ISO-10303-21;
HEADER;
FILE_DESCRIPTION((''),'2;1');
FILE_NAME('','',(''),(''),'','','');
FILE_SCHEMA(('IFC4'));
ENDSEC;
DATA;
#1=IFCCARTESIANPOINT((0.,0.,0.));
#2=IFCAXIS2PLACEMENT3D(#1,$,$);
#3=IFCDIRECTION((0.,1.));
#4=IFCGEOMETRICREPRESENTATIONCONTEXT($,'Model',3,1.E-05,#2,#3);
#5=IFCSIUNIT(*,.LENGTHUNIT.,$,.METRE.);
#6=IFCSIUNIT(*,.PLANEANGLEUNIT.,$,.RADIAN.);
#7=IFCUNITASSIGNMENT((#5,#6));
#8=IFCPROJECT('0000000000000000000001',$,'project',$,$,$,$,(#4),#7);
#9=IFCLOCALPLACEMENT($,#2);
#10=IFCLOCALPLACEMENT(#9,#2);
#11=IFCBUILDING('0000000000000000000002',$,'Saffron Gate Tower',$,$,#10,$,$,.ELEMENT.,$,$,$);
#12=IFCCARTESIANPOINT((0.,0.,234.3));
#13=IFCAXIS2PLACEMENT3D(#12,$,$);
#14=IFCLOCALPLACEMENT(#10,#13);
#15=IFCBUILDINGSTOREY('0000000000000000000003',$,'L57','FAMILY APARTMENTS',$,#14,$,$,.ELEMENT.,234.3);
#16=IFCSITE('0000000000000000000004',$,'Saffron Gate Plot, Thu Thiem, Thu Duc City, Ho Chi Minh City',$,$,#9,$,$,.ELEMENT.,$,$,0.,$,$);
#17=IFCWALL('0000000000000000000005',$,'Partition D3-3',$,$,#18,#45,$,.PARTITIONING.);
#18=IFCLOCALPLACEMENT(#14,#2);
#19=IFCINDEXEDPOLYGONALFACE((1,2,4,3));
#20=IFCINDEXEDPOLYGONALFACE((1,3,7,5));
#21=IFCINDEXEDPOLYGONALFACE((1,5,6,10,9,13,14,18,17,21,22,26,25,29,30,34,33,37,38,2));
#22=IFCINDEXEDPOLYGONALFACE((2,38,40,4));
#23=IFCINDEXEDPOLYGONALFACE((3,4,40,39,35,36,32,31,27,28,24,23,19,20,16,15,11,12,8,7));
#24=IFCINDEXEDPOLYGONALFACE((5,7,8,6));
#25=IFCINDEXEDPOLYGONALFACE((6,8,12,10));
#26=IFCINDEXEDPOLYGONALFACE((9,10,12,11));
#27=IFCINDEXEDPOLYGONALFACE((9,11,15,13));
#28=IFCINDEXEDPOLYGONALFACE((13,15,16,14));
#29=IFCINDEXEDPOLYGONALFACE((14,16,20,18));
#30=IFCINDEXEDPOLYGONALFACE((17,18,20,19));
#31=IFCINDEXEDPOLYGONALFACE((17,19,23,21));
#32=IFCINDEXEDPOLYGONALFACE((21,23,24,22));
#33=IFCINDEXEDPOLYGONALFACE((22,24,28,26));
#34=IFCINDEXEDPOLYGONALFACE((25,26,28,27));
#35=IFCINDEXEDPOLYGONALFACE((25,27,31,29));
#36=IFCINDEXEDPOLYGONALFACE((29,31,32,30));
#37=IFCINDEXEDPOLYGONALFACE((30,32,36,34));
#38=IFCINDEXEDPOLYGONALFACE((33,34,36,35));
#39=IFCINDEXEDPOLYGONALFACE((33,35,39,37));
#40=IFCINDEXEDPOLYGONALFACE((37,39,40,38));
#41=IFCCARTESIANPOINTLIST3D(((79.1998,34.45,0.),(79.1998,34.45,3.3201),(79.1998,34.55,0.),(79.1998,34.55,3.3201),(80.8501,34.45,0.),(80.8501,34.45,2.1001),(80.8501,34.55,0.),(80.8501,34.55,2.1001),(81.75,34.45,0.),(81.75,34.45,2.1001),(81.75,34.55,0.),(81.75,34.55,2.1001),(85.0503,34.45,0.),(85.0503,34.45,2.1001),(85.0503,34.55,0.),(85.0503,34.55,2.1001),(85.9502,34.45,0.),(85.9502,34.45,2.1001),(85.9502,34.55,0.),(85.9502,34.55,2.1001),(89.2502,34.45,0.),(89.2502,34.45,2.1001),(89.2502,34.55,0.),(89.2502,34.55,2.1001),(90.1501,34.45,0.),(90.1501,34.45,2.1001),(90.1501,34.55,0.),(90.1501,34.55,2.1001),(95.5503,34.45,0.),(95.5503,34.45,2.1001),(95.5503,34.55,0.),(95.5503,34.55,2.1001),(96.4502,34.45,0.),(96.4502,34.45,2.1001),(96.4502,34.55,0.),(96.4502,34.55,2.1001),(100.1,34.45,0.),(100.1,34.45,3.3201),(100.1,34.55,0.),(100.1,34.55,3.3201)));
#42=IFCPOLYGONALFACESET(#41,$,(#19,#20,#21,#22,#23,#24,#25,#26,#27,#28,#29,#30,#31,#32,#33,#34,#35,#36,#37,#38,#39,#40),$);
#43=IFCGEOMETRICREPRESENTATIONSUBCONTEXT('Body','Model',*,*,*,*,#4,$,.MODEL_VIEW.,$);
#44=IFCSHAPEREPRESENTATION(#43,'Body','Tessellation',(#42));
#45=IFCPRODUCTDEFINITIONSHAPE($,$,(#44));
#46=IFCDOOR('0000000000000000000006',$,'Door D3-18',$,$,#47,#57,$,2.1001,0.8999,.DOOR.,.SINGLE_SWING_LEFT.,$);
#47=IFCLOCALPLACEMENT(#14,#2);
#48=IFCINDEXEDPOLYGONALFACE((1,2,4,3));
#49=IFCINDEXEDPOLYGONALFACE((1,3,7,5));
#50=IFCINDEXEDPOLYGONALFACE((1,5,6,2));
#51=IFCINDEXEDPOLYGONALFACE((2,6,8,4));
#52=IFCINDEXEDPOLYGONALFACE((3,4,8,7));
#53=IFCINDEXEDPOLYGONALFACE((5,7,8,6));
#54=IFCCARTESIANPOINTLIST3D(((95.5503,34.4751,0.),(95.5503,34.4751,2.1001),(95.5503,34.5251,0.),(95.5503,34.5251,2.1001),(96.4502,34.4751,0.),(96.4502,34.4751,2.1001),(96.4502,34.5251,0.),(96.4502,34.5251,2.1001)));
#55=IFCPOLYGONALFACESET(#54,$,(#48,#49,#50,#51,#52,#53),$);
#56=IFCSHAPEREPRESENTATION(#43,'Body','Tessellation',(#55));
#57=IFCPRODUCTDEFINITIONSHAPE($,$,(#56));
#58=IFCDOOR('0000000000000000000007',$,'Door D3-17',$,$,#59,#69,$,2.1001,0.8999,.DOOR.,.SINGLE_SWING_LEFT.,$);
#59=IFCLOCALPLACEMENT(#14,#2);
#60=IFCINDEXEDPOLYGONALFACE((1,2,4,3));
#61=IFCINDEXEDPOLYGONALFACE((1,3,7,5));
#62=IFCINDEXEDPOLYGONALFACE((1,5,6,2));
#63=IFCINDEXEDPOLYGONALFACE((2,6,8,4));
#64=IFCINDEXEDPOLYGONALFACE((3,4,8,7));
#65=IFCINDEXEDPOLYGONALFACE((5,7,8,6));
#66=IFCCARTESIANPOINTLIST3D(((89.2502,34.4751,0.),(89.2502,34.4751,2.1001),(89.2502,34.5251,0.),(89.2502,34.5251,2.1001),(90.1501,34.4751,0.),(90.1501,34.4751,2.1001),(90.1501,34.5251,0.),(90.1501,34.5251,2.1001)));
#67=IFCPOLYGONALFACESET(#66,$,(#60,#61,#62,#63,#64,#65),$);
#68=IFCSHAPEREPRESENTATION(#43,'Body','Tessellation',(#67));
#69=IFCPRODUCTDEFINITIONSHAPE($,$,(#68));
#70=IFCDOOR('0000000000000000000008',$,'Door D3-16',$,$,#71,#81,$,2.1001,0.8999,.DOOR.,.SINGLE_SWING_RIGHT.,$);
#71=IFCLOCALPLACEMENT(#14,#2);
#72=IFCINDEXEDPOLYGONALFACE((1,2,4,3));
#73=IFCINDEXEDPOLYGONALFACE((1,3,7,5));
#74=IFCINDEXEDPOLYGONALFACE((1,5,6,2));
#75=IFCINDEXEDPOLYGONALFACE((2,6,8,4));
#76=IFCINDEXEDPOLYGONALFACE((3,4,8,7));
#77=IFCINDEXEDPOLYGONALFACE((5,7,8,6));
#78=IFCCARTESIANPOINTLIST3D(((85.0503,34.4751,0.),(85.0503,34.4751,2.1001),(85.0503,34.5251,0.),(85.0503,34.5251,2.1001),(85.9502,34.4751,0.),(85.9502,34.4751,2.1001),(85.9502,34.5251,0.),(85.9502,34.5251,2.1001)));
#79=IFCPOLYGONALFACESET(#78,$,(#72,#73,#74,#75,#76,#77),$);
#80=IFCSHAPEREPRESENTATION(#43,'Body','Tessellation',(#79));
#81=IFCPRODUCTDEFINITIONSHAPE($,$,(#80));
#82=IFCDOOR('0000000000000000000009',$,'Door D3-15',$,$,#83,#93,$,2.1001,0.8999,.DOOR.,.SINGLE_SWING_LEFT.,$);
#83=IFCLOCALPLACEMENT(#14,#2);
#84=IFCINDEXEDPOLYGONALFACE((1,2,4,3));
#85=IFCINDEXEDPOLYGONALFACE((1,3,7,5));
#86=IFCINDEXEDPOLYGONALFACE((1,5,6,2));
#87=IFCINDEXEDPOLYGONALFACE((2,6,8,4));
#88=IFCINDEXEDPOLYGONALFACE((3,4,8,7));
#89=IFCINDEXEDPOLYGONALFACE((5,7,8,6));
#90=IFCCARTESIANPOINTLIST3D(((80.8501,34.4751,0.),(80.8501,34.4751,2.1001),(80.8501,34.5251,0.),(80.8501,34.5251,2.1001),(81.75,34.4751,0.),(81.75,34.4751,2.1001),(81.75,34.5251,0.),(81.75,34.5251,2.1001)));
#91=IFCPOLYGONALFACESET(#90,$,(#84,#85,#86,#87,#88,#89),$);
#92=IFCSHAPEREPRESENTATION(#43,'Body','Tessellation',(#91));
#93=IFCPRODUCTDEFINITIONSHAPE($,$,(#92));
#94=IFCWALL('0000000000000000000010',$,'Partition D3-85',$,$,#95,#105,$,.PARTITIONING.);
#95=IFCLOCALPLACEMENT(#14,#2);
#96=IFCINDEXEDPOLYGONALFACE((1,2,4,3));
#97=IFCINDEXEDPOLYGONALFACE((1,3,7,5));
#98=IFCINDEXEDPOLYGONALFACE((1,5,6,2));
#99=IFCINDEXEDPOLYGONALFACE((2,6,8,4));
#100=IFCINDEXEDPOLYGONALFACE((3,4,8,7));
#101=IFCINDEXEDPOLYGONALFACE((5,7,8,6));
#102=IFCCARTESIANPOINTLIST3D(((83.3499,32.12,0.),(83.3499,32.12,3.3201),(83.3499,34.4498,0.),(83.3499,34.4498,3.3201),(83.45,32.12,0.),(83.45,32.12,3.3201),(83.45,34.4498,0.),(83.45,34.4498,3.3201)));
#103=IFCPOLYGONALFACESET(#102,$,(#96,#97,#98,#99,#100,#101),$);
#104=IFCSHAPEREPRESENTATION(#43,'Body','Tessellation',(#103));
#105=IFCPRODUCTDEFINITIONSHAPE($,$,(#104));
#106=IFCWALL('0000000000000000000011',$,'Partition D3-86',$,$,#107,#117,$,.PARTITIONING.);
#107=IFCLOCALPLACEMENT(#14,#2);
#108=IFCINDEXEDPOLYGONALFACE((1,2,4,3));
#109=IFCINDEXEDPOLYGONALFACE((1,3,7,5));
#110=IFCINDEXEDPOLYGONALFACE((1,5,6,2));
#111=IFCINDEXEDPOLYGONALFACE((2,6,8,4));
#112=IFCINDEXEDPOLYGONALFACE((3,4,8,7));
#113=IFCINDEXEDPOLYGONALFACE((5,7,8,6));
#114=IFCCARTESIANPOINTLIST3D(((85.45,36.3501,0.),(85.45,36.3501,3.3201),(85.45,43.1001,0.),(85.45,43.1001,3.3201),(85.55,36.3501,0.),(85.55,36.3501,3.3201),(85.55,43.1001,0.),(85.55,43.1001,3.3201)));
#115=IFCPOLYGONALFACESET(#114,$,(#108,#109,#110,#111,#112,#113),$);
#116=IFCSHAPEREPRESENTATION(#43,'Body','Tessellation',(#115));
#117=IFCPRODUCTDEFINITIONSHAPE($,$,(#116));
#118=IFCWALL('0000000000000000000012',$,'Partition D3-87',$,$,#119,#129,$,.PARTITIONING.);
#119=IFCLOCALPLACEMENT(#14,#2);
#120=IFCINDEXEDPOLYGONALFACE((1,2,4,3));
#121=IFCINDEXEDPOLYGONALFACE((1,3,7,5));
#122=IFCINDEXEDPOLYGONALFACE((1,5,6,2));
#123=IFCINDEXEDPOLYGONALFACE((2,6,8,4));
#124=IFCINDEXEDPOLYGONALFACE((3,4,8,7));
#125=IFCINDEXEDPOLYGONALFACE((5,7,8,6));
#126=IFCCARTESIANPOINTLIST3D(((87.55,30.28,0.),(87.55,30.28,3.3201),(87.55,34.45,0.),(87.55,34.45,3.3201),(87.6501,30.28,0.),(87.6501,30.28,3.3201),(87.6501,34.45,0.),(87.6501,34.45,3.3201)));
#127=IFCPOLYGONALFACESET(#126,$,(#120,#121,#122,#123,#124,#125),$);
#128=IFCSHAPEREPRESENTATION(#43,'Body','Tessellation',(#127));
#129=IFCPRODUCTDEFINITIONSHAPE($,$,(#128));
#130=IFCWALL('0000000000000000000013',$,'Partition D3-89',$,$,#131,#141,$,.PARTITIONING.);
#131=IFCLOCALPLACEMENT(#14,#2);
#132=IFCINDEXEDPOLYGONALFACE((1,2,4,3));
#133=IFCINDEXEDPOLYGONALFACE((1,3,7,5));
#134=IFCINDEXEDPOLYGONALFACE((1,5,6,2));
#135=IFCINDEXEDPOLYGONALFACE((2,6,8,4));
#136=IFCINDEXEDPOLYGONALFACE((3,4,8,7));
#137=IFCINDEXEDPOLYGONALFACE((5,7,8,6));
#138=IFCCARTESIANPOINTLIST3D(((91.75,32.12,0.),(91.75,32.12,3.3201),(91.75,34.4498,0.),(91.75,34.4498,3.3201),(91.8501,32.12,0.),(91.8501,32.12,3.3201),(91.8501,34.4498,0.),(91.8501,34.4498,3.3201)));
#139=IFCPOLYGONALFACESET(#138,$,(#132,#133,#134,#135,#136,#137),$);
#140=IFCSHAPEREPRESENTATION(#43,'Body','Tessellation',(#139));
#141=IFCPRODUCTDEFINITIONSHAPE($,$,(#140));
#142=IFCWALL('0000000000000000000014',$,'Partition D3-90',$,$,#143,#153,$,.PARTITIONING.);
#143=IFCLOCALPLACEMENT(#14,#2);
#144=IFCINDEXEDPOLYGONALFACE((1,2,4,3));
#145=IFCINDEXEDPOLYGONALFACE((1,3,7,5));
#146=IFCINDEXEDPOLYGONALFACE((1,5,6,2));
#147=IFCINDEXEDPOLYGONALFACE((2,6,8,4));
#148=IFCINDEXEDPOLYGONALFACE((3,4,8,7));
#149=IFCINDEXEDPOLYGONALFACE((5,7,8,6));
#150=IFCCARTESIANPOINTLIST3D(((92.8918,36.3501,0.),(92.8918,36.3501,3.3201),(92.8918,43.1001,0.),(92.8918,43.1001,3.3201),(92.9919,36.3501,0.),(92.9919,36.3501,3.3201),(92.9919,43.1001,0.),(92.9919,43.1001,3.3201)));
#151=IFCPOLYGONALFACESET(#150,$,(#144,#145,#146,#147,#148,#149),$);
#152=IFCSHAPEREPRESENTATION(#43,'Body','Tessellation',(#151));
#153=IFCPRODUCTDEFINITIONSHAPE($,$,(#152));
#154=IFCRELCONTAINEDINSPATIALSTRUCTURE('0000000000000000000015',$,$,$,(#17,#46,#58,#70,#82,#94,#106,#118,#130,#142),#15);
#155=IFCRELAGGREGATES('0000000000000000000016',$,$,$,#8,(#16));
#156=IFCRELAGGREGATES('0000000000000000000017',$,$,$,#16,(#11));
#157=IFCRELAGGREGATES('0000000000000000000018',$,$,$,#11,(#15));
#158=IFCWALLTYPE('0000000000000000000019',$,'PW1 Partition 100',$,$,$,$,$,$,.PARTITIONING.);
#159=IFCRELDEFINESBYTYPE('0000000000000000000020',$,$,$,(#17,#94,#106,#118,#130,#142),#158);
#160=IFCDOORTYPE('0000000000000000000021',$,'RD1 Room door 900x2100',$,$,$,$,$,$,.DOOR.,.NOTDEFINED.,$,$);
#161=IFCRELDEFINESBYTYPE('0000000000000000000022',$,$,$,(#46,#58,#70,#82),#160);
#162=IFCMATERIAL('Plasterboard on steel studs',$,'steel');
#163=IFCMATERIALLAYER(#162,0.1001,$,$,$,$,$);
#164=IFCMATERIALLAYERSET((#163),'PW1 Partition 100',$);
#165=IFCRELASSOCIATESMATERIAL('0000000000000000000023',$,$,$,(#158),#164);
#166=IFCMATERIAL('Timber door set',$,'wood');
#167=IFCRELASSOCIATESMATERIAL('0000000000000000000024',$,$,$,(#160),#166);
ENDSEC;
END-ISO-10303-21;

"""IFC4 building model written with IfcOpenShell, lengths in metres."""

from ifc_helpers import new_model, si_unit, direction, frame, frame_2d, origin, place, context, subcontext, project, spatial, rectangle, extrude, material, layer, layer_set, type_object, element, fill, save


model = new_model("IFC4")

# Units and contexts
model_context = context("Model", 3, precision=1e-05, world=origin(), true_north=direction((0.0, 1.0)))
body_context = subcontext(model_context, "Body", "Model", "MODEL_VIEW")
ifc_project = project(units=[si_unit("LENGTHUNIT", "METRE"), si_unit("PLANEANGLEUNIT", "RADIAN")], contexts=[model_context])

# Site, building, storey
site_placement = place(None, origin())
site = spatial("IfcSite", under=ifc_project, at=site_placement, Name="Saffron Gate Plot, Thu Thiem, Thu Duc City, Ho Chi Minh City", CompositionType="ELEMENT", RefElevation=0.0)
building_placement = place(site_placement, origin())
building = spatial("IfcBuilding", under=site, at=building_placement, Name="Saffron Gate Tower", CompositionType="ELEMENT")
storey_placement = place(building_placement, frame((0.0, 0.0, 234.3)))
storey = spatial("IfcBuildingStorey", under=building, at=storey_placement, Name="L57", Description="FAMILY APARTMENTS", CompositionType="ELEMENT", Elevation=234.3)

# Wall, openings, doors
ifc_material_1 = material(Name="Plasterboard on steel studs", Category="steel")
ifc_layer = layer(ifc_material_1, 0.1001)
ifc_layer_set = layer_set([ifc_layer], Name="PW1 Partition 100")
wall_type = type_object("IfcWallType", Name="PW1 Partition 100", PredefinedType="PARTITIONING", material=ifc_layer_set)
wall_1_placement = place(storey_placement, frame((100.1001, 34.5, 0.0), z_axis=(0.0, 0.0, 1.0), x_axis=(-1.0, 0.0, 0.0)))
wall_1 = element("IfcWall", 1, at=wall_1_placement, inside=storey, type_object=wall_type, Name="Partition D3-3", PredefinedType="PARTITIONING", context=body_context, shape_type="SweptSolid", body=[
    extrude(rectangle(XDim=20.9001, YDim=0.1001, at=frame_2d((10.4502, 0.0))), origin(), (0.0, 0.0, 1.0), 3.3201),
])
opening_1_placement = place(wall_1_placement, frame((3.6499, 0.0, 0.0)))
opening_1 = element("IfcOpeningElement", 2, at=opening_1_placement, cuts=wall_1, PredefinedType="OPENING", context=body_context, shape_type="SweptSolid", body=[
    extrude(rectangle(XDim=0.8999, YDim=2.1001, at=frame_2d((0.45, 1.05))), frame((0.0, 0.0601, 0.0), z_axis=(0.0, -1.0, 0.0), x_axis=(1.0, 0.0, 0.0)), (0.0, 0.0, 1.0), 0.1201),
])
opening_2_placement = place(wall_1_placement, frame((9.95, 0.0, 0.0)))
opening_2 = element("IfcOpeningElement", 3, at=opening_2_placement, cuts=wall_1, PredefinedType="OPENING", context=body_context, shape_type="SweptSolid", body=[
    extrude(rectangle(XDim=0.8999, YDim=2.1001, at=frame_2d((0.45, 1.05))), frame((0.0, 0.0601, 0.0), z_axis=(0.0, -1.0, 0.0), x_axis=(1.0, 0.0, 0.0)), (0.0, 0.0, 1.0), 0.1201),
])
opening_3_placement = place(wall_1_placement, frame((14.1499, 0.0, 0.0)))
opening_3 = element("IfcOpeningElement", 4, at=opening_3_placement, cuts=wall_1, PredefinedType="OPENING", context=body_context, shape_type="SweptSolid", body=[
    extrude(rectangle(XDim=0.8999, YDim=2.1001, at=frame_2d((0.45, 1.05))), frame((0.0, 0.0601, 0.0), z_axis=(0.0, -1.0, 0.0), x_axis=(1.0, 0.0, 0.0)), (0.0, 0.0, 1.0), 0.1201),
])
opening_4_placement = place(wall_1_placement, frame((18.3501, 0.0, 0.0)))
opening_4 = element("IfcOpeningElement", 5, at=opening_4_placement, cuts=wall_1, PredefinedType="OPENING", context=body_context, shape_type="SweptSolid", body=[
    extrude(rectangle(XDim=0.8999, YDim=2.1001, at=frame_2d((0.45, 1.05))), frame((0.0, 0.0601, 0.0), z_axis=(0.0, -1.0, 0.0), x_axis=(1.0, 0.0, 0.0)), (0.0, 0.0, 1.0), 0.1201),
])
ifc_material_2 = material(Name="Timber door set", Category="wood")
door_type = type_object("IfcDoorType", Name="RD1 Room door 900x2100", OperationType="NOTDEFINED", PredefinedType="DOOR", material=ifc_material_2)
door_1_placement = place(opening_1_placement, origin())
door_1 = element("IfcDoor", 6, at=door_1_placement, inside=storey, type_object=door_type, Name="Door D3-18", OperationType="SINGLE_SWING_LEFT", OverallHeight=2.1001, OverallWidth=0.8999, PredefinedType="DOOR", context=body_context, shape_type="SweptSolid", body=[
    extrude(rectangle(XDim=0.8999, YDim=2.1001, at=frame_2d((0.45, 1.05))), frame((0.0, 0.0249, 0.0), z_axis=(0.0, -1.0, 0.0), x_axis=(1.0, 0.0, 0.0)), (0.0, 0.0, 1.0), 0.05),
])
fill(opening_1, door_1)
door_2_placement = place(opening_2_placement, origin())
door_2 = element("IfcDoor", 7, at=door_2_placement, inside=storey, type_object=door_type, Name="Door D3-17", OperationType="SINGLE_SWING_LEFT", OverallHeight=2.1001, OverallWidth=0.8999, PredefinedType="DOOR", context=body_context, shape_type="SweptSolid", body=[
    extrude(rectangle(XDim=0.8999, YDim=2.1001, at=frame_2d((0.45, 1.05))), frame((0.0, 0.0249, 0.0), z_axis=(0.0, -1.0, 0.0), x_axis=(1.0, 0.0, 0.0)), (0.0, 0.0, 1.0), 0.05),
])
fill(opening_2, door_2)
door_3_placement = place(opening_3_placement, origin())
door_3 = element("IfcDoor", 8, at=door_3_placement, inside=storey, type_object=door_type, Name="Door D3-16", OperationType="SINGLE_SWING_RIGHT", OverallHeight=2.1001, OverallWidth=0.8999, PredefinedType="DOOR", context=body_context, shape_type="SweptSolid", body=[
    extrude(rectangle(XDim=0.8999, YDim=2.1001, at=frame_2d((0.45, 1.05))), frame((0.0, 0.0249, 0.0), z_axis=(0.0, -1.0, 0.0), x_axis=(1.0, 0.0, 0.0)), (0.0, 0.0, 1.0), 0.05),
])
fill(opening_3, door_3)
door_4_placement = place(opening_4_placement, origin())
door_4 = element("IfcDoor", 9, at=door_4_placement, inside=storey, type_object=door_type, Name="Door D3-15", OperationType="SINGLE_SWING_LEFT", OverallHeight=2.1001, OverallWidth=0.8999, PredefinedType="DOOR", context=body_context, shape_type="SweptSolid", body=[
    extrude(rectangle(XDim=0.8999, YDim=2.1001, at=frame_2d((0.45, 1.05))), frame((0.0, 0.0249, 0.0), z_axis=(0.0, -1.0, 0.0), x_axis=(1.0, 0.0, 0.0)), (0.0, 0.0, 1.0), 0.05),
])
fill(opening_4, door_4)

# Walls
wall_2_placement = place(storey_placement, frame((83.3999, 34.45, 0.0), z_axis=(0.0, 0.0, 1.0), x_axis=(0.0, -1.0, 0.0)))
element("IfcWall", 10, at=wall_2_placement, inside=storey, type_object=wall_type, Name="Partition D3-85", PredefinedType="PARTITIONING", context=body_context, shape_type="SweptSolid", body=[
    extrude(rectangle(XDim=2.3298, YDim=0.1001, at=frame_2d((1.165, 0.0))), origin(), (0.0, 0.0, 1.0), 3.3201),
])
wall_3_placement = place(storey_placement, frame((85.5, 43.1001, 0.0), z_axis=(0.0, 0.0, 1.0), x_axis=(0.0, -1.0, 0.0)))
element("IfcWall", 11, at=wall_3_placement, inside=storey, type_object=wall_type, Name="Partition D3-86", PredefinedType="PARTITIONING", context=body_context, shape_type="SweptSolid", body=[
    extrude(rectangle(XDim=6.75, YDim=0.1001, at=frame_2d((3.375, 0.0))), origin(), (0.0, 0.0, 1.0), 3.3201),
])
wall_4_placement = place(storey_placement, frame((87.6001, 34.45, 0.0), z_axis=(0.0, 0.0, 1.0), x_axis=(0.0, -1.0, 0.0)))
element("IfcWall", 12, at=wall_4_placement, inside=storey, type_object=wall_type, Name="Partition D3-87", PredefinedType="PARTITIONING", context=body_context, shape_type="SweptSolid", body=[
    extrude(rectangle(XDim=4.1699, YDim=0.1001, at=frame_2d((2.085, 0.0))), origin(), (0.0, 0.0, 1.0), 3.3201),
])
wall_5_placement = place(storey_placement, frame((91.8, 34.45, 0.0), z_axis=(0.0, 0.0, 1.0), x_axis=(0.0, -1.0, 0.0)))
element("IfcWall", 13, at=wall_5_placement, inside=storey, type_object=wall_type, Name="Partition D3-89", PredefinedType="PARTITIONING", context=body_context, shape_type="SweptSolid", body=[
    extrude(rectangle(XDim=2.3298, YDim=0.1001, at=frame_2d((1.165, 0.0))), origin(), (0.0, 0.0, 1.0), 3.3201),
])
wall_6_placement = place(storey_placement, frame((92.9419, 43.1001, 0.0), z_axis=(0.0, 0.0, 1.0), x_axis=(0.0, -1.0, 0.0)))
element("IfcWall", 14, at=wall_6_placement, inside=storey, type_object=wall_type, Name="Partition D3-90", PredefinedType="PARTITIONING", context=body_context, shape_type="SweptSolid", body=[
    extrude(rectangle(XDim=6.75, YDim=0.1001, at=frame_2d((3.375, 0.0))), origin(), (0.0, 0.0, 1.0), 3.3201),
])

save(model, "model.ifc")
